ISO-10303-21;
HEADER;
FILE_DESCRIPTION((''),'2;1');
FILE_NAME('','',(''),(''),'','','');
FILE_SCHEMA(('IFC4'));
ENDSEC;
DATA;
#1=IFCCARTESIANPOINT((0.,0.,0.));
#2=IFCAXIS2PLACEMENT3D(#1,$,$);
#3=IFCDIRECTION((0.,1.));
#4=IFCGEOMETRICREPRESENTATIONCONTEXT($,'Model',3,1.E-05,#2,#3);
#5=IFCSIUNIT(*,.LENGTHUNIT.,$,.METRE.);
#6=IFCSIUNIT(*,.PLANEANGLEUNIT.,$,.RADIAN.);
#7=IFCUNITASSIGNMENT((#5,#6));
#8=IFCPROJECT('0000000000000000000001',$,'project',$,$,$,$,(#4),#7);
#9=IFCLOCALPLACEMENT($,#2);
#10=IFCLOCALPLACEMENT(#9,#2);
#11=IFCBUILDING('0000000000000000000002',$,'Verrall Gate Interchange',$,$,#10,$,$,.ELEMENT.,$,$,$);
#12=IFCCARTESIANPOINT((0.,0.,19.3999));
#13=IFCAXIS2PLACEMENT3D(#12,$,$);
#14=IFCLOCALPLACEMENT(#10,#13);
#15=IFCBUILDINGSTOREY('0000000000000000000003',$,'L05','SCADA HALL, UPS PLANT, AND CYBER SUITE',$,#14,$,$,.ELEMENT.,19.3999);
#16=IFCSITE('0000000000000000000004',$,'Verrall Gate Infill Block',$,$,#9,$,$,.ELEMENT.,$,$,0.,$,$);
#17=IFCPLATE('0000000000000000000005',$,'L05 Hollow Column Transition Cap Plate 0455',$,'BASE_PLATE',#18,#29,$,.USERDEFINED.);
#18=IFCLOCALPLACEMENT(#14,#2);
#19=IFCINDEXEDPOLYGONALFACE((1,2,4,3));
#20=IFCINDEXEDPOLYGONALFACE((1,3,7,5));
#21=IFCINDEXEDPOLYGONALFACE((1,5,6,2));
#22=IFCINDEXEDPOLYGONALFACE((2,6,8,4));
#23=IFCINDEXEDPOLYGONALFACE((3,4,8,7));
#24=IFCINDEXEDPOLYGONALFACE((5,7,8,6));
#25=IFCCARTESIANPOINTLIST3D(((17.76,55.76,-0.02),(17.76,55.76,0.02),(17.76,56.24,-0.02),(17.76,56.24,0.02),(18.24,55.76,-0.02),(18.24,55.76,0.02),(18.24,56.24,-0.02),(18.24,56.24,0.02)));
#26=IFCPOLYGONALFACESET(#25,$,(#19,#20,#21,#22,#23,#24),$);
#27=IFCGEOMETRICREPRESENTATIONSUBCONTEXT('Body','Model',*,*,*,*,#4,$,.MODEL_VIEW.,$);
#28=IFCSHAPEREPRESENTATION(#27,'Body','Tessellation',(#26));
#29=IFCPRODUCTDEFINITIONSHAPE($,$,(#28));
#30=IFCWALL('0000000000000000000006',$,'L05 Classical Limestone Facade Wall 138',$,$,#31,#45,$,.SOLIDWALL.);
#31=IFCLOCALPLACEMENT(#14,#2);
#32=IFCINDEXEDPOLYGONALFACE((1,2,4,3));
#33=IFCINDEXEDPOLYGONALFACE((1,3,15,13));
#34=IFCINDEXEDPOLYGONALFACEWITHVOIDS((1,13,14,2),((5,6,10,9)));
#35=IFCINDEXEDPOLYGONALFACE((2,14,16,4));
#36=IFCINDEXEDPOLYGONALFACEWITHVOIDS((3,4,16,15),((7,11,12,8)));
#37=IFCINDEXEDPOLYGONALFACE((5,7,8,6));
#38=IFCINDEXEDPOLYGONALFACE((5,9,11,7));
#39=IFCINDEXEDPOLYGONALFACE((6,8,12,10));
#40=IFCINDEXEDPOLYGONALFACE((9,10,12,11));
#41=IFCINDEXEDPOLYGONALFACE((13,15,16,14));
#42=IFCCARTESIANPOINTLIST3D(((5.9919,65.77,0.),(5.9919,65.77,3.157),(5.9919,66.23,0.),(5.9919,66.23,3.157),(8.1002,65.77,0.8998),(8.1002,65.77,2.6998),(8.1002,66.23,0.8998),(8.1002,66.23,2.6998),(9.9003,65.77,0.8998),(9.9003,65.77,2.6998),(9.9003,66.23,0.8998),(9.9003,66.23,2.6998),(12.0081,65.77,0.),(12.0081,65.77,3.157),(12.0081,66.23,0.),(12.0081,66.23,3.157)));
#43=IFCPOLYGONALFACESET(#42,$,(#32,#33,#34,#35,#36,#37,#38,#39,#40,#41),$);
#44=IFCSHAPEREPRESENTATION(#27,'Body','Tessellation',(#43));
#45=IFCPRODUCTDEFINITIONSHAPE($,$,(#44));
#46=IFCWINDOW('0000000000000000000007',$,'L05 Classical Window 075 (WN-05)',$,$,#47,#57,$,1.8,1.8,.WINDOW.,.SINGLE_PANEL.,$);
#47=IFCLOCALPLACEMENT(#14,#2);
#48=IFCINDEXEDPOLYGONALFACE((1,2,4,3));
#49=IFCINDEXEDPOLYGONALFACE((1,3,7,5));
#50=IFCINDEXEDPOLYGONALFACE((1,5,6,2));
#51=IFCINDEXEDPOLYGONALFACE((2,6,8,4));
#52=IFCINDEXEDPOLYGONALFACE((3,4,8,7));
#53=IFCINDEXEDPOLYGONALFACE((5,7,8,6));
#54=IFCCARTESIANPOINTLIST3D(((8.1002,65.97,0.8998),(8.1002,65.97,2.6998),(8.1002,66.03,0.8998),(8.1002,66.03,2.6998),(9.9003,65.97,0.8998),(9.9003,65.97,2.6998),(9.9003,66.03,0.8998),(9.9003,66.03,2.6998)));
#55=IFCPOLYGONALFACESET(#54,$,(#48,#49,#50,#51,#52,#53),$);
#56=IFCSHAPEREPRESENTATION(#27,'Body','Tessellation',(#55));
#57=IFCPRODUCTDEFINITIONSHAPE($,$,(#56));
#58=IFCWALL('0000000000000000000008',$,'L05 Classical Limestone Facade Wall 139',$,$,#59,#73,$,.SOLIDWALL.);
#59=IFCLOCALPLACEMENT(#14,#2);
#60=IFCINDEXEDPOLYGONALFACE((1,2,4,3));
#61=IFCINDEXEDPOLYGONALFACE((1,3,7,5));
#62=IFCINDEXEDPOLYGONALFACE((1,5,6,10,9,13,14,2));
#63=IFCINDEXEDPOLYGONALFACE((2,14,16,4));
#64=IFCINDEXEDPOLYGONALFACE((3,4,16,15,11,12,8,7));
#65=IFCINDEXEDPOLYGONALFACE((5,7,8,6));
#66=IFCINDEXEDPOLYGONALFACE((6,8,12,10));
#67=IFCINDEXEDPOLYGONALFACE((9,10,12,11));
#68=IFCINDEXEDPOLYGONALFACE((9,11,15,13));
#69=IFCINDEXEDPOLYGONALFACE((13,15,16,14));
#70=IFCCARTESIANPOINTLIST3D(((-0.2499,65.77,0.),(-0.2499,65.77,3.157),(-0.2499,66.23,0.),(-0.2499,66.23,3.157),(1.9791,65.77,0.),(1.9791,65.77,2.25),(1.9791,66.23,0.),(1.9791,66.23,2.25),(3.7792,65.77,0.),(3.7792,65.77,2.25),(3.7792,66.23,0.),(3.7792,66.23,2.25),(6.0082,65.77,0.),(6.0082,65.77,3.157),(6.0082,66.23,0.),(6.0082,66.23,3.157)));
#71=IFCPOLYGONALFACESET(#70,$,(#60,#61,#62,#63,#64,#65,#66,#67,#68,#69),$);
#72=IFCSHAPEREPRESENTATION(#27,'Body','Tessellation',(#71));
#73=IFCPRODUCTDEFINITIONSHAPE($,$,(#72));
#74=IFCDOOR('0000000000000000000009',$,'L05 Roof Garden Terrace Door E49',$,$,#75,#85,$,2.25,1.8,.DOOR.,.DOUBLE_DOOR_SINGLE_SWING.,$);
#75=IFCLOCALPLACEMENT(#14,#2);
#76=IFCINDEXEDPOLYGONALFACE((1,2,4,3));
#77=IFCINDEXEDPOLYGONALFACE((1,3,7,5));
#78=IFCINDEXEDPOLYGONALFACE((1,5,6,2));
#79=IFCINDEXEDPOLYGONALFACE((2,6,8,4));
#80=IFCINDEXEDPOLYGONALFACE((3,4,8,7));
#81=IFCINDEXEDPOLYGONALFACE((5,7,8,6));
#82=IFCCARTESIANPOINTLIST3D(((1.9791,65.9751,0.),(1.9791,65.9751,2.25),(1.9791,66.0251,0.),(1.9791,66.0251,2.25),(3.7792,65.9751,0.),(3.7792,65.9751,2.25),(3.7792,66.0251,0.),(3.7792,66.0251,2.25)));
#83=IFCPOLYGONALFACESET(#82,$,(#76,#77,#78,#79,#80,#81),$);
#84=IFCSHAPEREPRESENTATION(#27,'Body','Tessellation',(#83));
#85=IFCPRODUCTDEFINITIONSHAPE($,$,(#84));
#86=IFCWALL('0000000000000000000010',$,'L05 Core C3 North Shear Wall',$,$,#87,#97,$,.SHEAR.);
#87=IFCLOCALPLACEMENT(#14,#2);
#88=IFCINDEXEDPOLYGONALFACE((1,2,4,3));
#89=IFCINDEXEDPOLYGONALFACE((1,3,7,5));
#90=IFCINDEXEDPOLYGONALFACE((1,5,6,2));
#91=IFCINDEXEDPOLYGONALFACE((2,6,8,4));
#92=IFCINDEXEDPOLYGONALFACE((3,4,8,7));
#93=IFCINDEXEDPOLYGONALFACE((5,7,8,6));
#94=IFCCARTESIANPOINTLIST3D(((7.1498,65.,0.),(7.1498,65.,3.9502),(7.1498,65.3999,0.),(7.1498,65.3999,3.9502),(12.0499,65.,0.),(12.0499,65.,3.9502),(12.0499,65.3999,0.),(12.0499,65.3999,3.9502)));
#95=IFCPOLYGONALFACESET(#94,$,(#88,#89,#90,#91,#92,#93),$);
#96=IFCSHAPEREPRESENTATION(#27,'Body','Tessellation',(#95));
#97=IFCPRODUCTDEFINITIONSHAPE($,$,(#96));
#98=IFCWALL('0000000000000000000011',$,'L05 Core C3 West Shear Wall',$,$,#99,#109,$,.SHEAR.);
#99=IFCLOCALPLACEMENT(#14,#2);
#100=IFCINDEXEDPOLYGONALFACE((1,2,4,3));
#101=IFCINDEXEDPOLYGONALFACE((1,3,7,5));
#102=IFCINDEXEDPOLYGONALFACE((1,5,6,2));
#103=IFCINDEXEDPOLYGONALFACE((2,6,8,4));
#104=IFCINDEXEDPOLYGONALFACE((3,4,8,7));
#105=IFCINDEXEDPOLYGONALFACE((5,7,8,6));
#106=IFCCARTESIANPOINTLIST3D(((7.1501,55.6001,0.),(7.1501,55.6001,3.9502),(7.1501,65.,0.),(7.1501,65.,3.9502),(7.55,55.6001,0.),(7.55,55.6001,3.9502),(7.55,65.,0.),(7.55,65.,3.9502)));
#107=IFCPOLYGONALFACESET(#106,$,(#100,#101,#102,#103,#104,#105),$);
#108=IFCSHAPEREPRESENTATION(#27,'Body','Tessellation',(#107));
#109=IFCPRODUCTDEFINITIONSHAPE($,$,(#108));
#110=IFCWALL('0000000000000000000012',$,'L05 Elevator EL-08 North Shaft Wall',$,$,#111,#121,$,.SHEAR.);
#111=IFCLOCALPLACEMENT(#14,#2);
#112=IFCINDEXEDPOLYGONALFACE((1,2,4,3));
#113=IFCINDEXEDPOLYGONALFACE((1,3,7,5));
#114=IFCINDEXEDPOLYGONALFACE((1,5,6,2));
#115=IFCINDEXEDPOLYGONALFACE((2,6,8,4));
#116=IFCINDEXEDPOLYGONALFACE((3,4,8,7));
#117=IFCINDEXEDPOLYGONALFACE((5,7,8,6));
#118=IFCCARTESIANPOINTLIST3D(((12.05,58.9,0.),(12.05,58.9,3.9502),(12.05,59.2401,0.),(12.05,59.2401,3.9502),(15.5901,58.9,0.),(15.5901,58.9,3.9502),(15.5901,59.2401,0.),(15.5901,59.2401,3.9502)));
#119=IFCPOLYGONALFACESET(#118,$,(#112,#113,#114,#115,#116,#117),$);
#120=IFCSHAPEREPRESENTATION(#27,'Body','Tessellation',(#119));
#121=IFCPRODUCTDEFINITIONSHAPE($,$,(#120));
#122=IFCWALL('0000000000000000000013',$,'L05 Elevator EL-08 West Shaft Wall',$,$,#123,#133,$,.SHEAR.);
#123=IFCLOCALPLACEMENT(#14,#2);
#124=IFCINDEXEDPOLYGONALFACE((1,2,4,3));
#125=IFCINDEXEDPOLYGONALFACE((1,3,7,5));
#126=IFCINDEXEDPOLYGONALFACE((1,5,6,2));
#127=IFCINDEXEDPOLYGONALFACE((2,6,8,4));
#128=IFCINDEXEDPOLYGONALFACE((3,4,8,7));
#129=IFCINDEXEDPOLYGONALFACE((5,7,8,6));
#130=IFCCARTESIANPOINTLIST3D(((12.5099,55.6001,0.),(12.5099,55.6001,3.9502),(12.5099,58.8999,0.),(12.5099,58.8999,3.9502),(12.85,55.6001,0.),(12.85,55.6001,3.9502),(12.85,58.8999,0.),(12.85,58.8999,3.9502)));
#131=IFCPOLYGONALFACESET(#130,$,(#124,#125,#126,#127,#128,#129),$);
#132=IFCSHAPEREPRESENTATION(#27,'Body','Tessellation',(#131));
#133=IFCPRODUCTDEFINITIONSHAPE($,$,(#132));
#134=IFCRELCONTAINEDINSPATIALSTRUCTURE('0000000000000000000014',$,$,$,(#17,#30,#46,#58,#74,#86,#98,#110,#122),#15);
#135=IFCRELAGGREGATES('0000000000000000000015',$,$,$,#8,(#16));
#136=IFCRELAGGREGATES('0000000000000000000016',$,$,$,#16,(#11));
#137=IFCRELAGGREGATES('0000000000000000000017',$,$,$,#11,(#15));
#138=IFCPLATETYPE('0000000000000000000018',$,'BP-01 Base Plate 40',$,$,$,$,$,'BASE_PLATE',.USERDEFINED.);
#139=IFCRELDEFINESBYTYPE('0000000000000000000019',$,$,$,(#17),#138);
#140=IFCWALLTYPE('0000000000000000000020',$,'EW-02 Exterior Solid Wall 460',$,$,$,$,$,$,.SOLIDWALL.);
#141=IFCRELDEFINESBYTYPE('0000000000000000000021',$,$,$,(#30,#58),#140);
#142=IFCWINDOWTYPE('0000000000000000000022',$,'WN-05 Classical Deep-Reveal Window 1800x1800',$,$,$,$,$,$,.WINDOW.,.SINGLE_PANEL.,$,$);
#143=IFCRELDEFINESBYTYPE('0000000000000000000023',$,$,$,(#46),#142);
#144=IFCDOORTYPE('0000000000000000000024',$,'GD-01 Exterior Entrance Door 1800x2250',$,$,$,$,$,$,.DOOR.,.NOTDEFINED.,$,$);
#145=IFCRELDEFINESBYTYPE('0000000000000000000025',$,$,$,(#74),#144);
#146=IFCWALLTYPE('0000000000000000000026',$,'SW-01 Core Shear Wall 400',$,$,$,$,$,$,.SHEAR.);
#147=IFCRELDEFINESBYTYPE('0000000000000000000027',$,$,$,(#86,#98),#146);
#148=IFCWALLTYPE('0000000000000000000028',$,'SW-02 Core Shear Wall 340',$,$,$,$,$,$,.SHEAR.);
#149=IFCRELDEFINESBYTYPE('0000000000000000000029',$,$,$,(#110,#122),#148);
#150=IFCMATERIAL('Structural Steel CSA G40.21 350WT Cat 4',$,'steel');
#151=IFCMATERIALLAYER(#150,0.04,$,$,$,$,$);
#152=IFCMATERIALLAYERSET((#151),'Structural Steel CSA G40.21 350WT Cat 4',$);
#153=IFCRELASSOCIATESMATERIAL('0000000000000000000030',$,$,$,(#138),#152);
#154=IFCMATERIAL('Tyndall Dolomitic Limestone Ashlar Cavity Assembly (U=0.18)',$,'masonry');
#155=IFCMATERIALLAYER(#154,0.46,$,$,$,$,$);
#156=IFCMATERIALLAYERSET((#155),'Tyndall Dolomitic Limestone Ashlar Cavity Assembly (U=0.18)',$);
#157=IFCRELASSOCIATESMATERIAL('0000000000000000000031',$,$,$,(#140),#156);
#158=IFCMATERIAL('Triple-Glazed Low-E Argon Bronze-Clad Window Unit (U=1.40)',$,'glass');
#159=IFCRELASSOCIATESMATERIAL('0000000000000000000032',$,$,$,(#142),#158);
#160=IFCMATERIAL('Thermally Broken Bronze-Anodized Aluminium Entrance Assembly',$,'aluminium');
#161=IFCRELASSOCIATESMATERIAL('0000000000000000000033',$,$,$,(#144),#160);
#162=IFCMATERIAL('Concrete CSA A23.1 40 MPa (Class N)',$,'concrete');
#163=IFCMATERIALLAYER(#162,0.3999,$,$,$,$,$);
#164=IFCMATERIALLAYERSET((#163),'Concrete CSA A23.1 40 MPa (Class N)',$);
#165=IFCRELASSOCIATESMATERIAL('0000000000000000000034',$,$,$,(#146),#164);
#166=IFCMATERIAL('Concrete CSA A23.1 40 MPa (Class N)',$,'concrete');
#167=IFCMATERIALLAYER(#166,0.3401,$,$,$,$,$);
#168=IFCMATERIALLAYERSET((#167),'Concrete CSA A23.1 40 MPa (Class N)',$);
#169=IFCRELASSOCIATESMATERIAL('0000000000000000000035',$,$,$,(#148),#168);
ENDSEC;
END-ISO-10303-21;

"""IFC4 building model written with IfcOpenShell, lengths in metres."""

from ifc_helpers import new_model, si_unit, direction, frame, frame_2d, origin, origin_2d, place, context, subcontext, project, spatial, rectangle, extrude, material, layer, layer_set, type_object, element, fill, save


model = new_model("IFC4")

# Units and contexts
model_context = context("Model", 3, precision=1e-05, world=origin(), true_north=direction((0.0, 1.0)))
body_context = subcontext(model_context, "Body", "Model", "MODEL_VIEW")
ifc_project = project(units=[si_unit("LENGTHUNIT", "METRE"), si_unit("PLANEANGLEUNIT", "RADIAN")], contexts=[model_context])

# Site, building, storey
site_placement = place(None, origin())
site = spatial("IfcSite", under=ifc_project, at=site_placement, Name="Verrall Gate Infill Block", CompositionType="ELEMENT", RefElevation=0.0)
building_placement = place(site_placement, origin())
building = spatial("IfcBuilding", under=site, at=building_placement, Name="Verrall Gate Interchange", CompositionType="ELEMENT")
storey_placement = place(building_placement, frame((0.0, 0.0, 19.3999)))
storey = spatial("IfcBuildingStorey", under=building, at=storey_placement, Name="L05", Description="SCADA HALL, UPS PLANT, AND CYBER SUITE", CompositionType="ELEMENT", Elevation=19.3999)

# Plate
ifc_material_1 = material(Name="Structural Steel CSA G40.21 350WT Cat 4", Category="steel")
ifc_layer_1 = layer(ifc_material_1, 0.04)
ifc_layer_set_1 = layer_set([ifc_layer_1], Name="Structural Steel CSA G40.21 350WT Cat 4")
plate_type = type_object("IfcPlateType", Name="BP-01 Base Plate 40", ElementType="BASE_PLATE", PredefinedType="USERDEFINED", material=ifc_layer_set_1)
for number, where, z_axis, x_axis, name in (
    (1, (18.0, 56.0, -0.02), (0.0, 0.0, 1.0), (1.0, 0.0, 0.0), "L05 Hollow Column Transition Cap Plate 0455"),
):
    element("IfcPlate", number, at=place(storey_placement, frame(where, z_axis=z_axis, x_axis=x_axis)), inside=storey, type_object=plate_type, Name=name, ObjectType="BASE_PLATE", PredefinedType="USERDEFINED", context=body_context, shape_type="SweptSolid", body=[
        extrude(rectangle(XDim=0.48, YDim=0.48, at=origin_2d()), origin(), (0.0, 0.0, 1.0), 0.04),
    ])

# Wall, opening, window
ifc_material_2 = material(Name="Tyndall Dolomitic Limestone Ashlar Cavity Assembly (U=0.18)", Category="masonry")
ifc_layer_2 = layer(ifc_material_2, 0.46)
ifc_layer_set_2 = layer_set([ifc_layer_2], Name="Tyndall Dolomitic Limestone Ashlar Cavity Assembly (U=0.18)")
wall_type_1 = type_object("IfcWallType", Name="EW-02 Exterior Solid Wall 460", PredefinedType="SOLIDWALL", material=ifc_layer_set_2)
wall_1_placement = place(storey_placement, frame((12.0081, 66.0, 0.0), z_axis=(0.0, 0.0, 1.0), x_axis=(-1.0, 0.0, 0.0)))
wall_1 = element("IfcWall", 2, at=wall_1_placement, inside=storey, type_object=wall_type_1, Name="L05 Classical Limestone Facade Wall 138", PredefinedType="SOLIDWALL", context=body_context, shape_type="SweptSolid", body=[
    extrude(rectangle(XDim=6.0161, YDim=0.46, at=frame_2d((3.0081, 0.0))), origin(), (0.0, 0.0, 1.0), 3.157),
])
opening_1_placement = place(wall_1_placement, frame((2.1079, 0.0, 0.8999)))
opening_1 = element("IfcOpeningElement", 3, at=opening_1_placement, cuts=wall_1, PredefinedType="OPENING", context=body_context, shape_type="SweptSolid", body=[
    extrude(rectangle(XDim=1.8, YDim=1.8, at=frame_2d((0.8999, 0.8999))), frame((0.0, 0.2449, 0.0), z_axis=(0.0, -1.0, 0.0), x_axis=(1.0, 0.0, 0.0)), (0.0, 0.0, 1.0), 0.4897),
])
ifc_material_3 = material(Name="Triple-Glazed Low-E Argon Bronze-Clad Window Unit (U=1.40)", Category="glass")
window_type = type_object("IfcWindowType", Name="WN-05 Classical Deep-Reveal Window 1800x1800", PartitioningType="SINGLE_PANEL", PredefinedType="WINDOW", material=ifc_material_3)
window_placement = place(opening_1_placement, origin())
window = element("IfcWindow", 4, at=window_placement, inside=storey, type_object=window_type, Name="L05 Classical Window 075 (WN-05)", OverallHeight=1.8, OverallWidth=1.8, PartitioningType="SINGLE_PANEL", PredefinedType="WINDOW", context=body_context, shape_type="SweptSolid", body=[
    extrude(rectangle(XDim=1.8, YDim=1.8, at=frame_2d((0.8999, 0.8999))), frame((0.0, 0.03, 0.0), z_axis=(0.0, -1.0, 0.0), x_axis=(1.0, 0.0, 0.0)), (0.0, 0.0, 1.0), 0.0601),
])
fill(opening_1, window)

# Wall, opening, door
wall_2_placement = place(storey_placement, frame((6.0081, 66.0, 0.0), z_axis=(0.0, 0.0, 1.0), x_axis=(-1.0, 0.0, 0.0)))
wall_2 = element("IfcWall", 5, at=wall_2_placement, inside=storey, type_object=wall_type_1, Name="L05 Classical Limestone Facade Wall 139", PredefinedType="SOLIDWALL", context=body_context, shape_type="SweptSolid", body=[
    extrude(rectangle(XDim=6.2581, YDim=0.46, at=frame_2d((3.1289, 0.0))), origin(), (0.0, 0.0, 1.0), 3.157),
])
opening_2_placement = place(wall_2_placement, frame((2.229, 0.0, 0.0)))
opening_2 = element("IfcOpeningElement", 6, at=opening_2_placement, cuts=wall_2, PredefinedType="OPENING", context=body_context, shape_type="SweptSolid", body=[
    extrude(rectangle(XDim=1.8, YDim=2.25, at=frame_2d((0.8999, 1.125))), frame((0.0, 0.2449, 0.0), z_axis=(0.0, -1.0, 0.0), x_axis=(1.0, 0.0, 0.0)), (0.0, 0.0, 1.0), 0.4897),
])
ifc_material_4 = material(Name="Thermally Broken Bronze-Anodized Aluminium Entrance Assembly", Category="aluminium")
door_type = type_object("IfcDoorType", Name="GD-01 Exterior Entrance Door 1800x2250", OperationType="NOTDEFINED", PredefinedType="DOOR", material=ifc_material_4)
door_placement = place(opening_2_placement, origin())
door = element("IfcDoor", 7, at=door_placement, inside=storey, type_object=door_type, Name="L05 Roof Garden Terrace Door E49", OperationType="DOUBLE_DOOR_SINGLE_SWING", OverallHeight=2.25, OverallWidth=1.8, PredefinedType="DOOR", context=body_context, shape_type="SweptSolid", body=[
    extrude(rectangle(XDim=1.8, YDim=2.25, at=frame_2d((0.8999, 1.125))), frame((0.0, 0.0249, 0.0), z_axis=(0.0, -1.0, 0.0), x_axis=(1.0, 0.0, 0.0)), (0.0, 0.0, 1.0), 0.05),
])
fill(opening_2, door)

# Walls
ifc_material_5 = material(Name="Concrete CSA A23.1 40 MPa (Class N)", Category="concrete")
ifc_layer_3 = layer(ifc_material_5, 0.3999)
ifc_layer_set_3 = layer_set([ifc_layer_3], Name="Concrete CSA A23.1 40 MPa (Class N)")
wall_type_2 = type_object("IfcWallType", Name="SW-01 Core Shear Wall 400", PredefinedType="SHEAR", material=ifc_layer_set_3)
wall_3_placement = place(storey_placement, frame((12.05, 65.2, 0.0), z_axis=(0.0, 0.0, 1.0), x_axis=(-1.0, 0.0, 0.0)))
element("IfcWall", 8, at=wall_3_placement, inside=storey, type_object=wall_type_2, Name="L05 Core C3 North Shear Wall", PredefinedType="SHEAR", context=body_context, shape_type="SweptSolid", body=[
    extrude(rectangle(XDim=4.9001, YDim=0.3999, at=frame_2d((2.4502, 0.0))), origin(), (0.0, 0.0, 1.0), 3.9502),
])
wall_4_placement = place(storey_placement, frame((7.3501, 65.0, 0.0), z_axis=(0.0, 0.0, 1.0), x_axis=(0.0, -1.0, 0.0)))
element("IfcWall", 9, at=wall_4_placement, inside=storey, type_object=wall_type_2, Name="L05 Core C3 West Shear Wall", PredefinedType="SHEAR", context=body_context, shape_type="SweptSolid", body=[
    extrude(rectangle(XDim=9.3999, YDim=0.3999, at=frame_2d((4.7, 0.0))), origin(), (0.0, 0.0, 1.0), 3.9502),
])
ifc_material_6 = material(Name="Concrete CSA A23.1 40 MPa (Class N)", Category="concrete")
ifc_layer_4 = layer(ifc_material_6, 0.3401)
ifc_layer_set_4 = layer_set([ifc_layer_4], Name="Concrete CSA A23.1 40 MPa (Class N)")
wall_type_3 = type_object("IfcWallType", Name="SW-02 Core Shear Wall 340", PredefinedType="SHEAR", material=ifc_layer_set_4)
wall_5_placement = place(storey_placement, frame((15.5901, 59.0701, 0.0), z_axis=(0.0, 0.0, 1.0), x_axis=(-1.0, 0.0, 0.0)))
element("IfcWall", 10, at=wall_5_placement, inside=storey, type_object=wall_type_3, Name="L05 Elevator EL-08 North Shaft Wall", PredefinedType="SHEAR", context=body_context, shape_type="SweptSolid", body=[
    extrude(rectangle(XDim=3.54, YDim=0.3401, at=frame_2d((1.77, 0.0))), origin(), (0.0, 0.0, 1.0), 3.9502),
])
wall_6_placement = place(storey_placement, frame((12.6799, 58.8999, 0.0), z_axis=(0.0, 0.0, 1.0), x_axis=(0.0, -1.0, 0.0)))
element("IfcWall", 11, at=wall_6_placement, inside=storey, type_object=wall_type_3, Name="L05 Elevator EL-08 West Shaft Wall", PredefinedType="SHEAR", context=body_context, shape_type="SweptSolid", body=[
    extrude(rectangle(XDim=3.2998, YDim=0.3401, at=frame_2d((1.6499, 0.0))), origin(), (0.0, 0.0, 1.0), 3.9502),
])

save(model, "model.ifc")
